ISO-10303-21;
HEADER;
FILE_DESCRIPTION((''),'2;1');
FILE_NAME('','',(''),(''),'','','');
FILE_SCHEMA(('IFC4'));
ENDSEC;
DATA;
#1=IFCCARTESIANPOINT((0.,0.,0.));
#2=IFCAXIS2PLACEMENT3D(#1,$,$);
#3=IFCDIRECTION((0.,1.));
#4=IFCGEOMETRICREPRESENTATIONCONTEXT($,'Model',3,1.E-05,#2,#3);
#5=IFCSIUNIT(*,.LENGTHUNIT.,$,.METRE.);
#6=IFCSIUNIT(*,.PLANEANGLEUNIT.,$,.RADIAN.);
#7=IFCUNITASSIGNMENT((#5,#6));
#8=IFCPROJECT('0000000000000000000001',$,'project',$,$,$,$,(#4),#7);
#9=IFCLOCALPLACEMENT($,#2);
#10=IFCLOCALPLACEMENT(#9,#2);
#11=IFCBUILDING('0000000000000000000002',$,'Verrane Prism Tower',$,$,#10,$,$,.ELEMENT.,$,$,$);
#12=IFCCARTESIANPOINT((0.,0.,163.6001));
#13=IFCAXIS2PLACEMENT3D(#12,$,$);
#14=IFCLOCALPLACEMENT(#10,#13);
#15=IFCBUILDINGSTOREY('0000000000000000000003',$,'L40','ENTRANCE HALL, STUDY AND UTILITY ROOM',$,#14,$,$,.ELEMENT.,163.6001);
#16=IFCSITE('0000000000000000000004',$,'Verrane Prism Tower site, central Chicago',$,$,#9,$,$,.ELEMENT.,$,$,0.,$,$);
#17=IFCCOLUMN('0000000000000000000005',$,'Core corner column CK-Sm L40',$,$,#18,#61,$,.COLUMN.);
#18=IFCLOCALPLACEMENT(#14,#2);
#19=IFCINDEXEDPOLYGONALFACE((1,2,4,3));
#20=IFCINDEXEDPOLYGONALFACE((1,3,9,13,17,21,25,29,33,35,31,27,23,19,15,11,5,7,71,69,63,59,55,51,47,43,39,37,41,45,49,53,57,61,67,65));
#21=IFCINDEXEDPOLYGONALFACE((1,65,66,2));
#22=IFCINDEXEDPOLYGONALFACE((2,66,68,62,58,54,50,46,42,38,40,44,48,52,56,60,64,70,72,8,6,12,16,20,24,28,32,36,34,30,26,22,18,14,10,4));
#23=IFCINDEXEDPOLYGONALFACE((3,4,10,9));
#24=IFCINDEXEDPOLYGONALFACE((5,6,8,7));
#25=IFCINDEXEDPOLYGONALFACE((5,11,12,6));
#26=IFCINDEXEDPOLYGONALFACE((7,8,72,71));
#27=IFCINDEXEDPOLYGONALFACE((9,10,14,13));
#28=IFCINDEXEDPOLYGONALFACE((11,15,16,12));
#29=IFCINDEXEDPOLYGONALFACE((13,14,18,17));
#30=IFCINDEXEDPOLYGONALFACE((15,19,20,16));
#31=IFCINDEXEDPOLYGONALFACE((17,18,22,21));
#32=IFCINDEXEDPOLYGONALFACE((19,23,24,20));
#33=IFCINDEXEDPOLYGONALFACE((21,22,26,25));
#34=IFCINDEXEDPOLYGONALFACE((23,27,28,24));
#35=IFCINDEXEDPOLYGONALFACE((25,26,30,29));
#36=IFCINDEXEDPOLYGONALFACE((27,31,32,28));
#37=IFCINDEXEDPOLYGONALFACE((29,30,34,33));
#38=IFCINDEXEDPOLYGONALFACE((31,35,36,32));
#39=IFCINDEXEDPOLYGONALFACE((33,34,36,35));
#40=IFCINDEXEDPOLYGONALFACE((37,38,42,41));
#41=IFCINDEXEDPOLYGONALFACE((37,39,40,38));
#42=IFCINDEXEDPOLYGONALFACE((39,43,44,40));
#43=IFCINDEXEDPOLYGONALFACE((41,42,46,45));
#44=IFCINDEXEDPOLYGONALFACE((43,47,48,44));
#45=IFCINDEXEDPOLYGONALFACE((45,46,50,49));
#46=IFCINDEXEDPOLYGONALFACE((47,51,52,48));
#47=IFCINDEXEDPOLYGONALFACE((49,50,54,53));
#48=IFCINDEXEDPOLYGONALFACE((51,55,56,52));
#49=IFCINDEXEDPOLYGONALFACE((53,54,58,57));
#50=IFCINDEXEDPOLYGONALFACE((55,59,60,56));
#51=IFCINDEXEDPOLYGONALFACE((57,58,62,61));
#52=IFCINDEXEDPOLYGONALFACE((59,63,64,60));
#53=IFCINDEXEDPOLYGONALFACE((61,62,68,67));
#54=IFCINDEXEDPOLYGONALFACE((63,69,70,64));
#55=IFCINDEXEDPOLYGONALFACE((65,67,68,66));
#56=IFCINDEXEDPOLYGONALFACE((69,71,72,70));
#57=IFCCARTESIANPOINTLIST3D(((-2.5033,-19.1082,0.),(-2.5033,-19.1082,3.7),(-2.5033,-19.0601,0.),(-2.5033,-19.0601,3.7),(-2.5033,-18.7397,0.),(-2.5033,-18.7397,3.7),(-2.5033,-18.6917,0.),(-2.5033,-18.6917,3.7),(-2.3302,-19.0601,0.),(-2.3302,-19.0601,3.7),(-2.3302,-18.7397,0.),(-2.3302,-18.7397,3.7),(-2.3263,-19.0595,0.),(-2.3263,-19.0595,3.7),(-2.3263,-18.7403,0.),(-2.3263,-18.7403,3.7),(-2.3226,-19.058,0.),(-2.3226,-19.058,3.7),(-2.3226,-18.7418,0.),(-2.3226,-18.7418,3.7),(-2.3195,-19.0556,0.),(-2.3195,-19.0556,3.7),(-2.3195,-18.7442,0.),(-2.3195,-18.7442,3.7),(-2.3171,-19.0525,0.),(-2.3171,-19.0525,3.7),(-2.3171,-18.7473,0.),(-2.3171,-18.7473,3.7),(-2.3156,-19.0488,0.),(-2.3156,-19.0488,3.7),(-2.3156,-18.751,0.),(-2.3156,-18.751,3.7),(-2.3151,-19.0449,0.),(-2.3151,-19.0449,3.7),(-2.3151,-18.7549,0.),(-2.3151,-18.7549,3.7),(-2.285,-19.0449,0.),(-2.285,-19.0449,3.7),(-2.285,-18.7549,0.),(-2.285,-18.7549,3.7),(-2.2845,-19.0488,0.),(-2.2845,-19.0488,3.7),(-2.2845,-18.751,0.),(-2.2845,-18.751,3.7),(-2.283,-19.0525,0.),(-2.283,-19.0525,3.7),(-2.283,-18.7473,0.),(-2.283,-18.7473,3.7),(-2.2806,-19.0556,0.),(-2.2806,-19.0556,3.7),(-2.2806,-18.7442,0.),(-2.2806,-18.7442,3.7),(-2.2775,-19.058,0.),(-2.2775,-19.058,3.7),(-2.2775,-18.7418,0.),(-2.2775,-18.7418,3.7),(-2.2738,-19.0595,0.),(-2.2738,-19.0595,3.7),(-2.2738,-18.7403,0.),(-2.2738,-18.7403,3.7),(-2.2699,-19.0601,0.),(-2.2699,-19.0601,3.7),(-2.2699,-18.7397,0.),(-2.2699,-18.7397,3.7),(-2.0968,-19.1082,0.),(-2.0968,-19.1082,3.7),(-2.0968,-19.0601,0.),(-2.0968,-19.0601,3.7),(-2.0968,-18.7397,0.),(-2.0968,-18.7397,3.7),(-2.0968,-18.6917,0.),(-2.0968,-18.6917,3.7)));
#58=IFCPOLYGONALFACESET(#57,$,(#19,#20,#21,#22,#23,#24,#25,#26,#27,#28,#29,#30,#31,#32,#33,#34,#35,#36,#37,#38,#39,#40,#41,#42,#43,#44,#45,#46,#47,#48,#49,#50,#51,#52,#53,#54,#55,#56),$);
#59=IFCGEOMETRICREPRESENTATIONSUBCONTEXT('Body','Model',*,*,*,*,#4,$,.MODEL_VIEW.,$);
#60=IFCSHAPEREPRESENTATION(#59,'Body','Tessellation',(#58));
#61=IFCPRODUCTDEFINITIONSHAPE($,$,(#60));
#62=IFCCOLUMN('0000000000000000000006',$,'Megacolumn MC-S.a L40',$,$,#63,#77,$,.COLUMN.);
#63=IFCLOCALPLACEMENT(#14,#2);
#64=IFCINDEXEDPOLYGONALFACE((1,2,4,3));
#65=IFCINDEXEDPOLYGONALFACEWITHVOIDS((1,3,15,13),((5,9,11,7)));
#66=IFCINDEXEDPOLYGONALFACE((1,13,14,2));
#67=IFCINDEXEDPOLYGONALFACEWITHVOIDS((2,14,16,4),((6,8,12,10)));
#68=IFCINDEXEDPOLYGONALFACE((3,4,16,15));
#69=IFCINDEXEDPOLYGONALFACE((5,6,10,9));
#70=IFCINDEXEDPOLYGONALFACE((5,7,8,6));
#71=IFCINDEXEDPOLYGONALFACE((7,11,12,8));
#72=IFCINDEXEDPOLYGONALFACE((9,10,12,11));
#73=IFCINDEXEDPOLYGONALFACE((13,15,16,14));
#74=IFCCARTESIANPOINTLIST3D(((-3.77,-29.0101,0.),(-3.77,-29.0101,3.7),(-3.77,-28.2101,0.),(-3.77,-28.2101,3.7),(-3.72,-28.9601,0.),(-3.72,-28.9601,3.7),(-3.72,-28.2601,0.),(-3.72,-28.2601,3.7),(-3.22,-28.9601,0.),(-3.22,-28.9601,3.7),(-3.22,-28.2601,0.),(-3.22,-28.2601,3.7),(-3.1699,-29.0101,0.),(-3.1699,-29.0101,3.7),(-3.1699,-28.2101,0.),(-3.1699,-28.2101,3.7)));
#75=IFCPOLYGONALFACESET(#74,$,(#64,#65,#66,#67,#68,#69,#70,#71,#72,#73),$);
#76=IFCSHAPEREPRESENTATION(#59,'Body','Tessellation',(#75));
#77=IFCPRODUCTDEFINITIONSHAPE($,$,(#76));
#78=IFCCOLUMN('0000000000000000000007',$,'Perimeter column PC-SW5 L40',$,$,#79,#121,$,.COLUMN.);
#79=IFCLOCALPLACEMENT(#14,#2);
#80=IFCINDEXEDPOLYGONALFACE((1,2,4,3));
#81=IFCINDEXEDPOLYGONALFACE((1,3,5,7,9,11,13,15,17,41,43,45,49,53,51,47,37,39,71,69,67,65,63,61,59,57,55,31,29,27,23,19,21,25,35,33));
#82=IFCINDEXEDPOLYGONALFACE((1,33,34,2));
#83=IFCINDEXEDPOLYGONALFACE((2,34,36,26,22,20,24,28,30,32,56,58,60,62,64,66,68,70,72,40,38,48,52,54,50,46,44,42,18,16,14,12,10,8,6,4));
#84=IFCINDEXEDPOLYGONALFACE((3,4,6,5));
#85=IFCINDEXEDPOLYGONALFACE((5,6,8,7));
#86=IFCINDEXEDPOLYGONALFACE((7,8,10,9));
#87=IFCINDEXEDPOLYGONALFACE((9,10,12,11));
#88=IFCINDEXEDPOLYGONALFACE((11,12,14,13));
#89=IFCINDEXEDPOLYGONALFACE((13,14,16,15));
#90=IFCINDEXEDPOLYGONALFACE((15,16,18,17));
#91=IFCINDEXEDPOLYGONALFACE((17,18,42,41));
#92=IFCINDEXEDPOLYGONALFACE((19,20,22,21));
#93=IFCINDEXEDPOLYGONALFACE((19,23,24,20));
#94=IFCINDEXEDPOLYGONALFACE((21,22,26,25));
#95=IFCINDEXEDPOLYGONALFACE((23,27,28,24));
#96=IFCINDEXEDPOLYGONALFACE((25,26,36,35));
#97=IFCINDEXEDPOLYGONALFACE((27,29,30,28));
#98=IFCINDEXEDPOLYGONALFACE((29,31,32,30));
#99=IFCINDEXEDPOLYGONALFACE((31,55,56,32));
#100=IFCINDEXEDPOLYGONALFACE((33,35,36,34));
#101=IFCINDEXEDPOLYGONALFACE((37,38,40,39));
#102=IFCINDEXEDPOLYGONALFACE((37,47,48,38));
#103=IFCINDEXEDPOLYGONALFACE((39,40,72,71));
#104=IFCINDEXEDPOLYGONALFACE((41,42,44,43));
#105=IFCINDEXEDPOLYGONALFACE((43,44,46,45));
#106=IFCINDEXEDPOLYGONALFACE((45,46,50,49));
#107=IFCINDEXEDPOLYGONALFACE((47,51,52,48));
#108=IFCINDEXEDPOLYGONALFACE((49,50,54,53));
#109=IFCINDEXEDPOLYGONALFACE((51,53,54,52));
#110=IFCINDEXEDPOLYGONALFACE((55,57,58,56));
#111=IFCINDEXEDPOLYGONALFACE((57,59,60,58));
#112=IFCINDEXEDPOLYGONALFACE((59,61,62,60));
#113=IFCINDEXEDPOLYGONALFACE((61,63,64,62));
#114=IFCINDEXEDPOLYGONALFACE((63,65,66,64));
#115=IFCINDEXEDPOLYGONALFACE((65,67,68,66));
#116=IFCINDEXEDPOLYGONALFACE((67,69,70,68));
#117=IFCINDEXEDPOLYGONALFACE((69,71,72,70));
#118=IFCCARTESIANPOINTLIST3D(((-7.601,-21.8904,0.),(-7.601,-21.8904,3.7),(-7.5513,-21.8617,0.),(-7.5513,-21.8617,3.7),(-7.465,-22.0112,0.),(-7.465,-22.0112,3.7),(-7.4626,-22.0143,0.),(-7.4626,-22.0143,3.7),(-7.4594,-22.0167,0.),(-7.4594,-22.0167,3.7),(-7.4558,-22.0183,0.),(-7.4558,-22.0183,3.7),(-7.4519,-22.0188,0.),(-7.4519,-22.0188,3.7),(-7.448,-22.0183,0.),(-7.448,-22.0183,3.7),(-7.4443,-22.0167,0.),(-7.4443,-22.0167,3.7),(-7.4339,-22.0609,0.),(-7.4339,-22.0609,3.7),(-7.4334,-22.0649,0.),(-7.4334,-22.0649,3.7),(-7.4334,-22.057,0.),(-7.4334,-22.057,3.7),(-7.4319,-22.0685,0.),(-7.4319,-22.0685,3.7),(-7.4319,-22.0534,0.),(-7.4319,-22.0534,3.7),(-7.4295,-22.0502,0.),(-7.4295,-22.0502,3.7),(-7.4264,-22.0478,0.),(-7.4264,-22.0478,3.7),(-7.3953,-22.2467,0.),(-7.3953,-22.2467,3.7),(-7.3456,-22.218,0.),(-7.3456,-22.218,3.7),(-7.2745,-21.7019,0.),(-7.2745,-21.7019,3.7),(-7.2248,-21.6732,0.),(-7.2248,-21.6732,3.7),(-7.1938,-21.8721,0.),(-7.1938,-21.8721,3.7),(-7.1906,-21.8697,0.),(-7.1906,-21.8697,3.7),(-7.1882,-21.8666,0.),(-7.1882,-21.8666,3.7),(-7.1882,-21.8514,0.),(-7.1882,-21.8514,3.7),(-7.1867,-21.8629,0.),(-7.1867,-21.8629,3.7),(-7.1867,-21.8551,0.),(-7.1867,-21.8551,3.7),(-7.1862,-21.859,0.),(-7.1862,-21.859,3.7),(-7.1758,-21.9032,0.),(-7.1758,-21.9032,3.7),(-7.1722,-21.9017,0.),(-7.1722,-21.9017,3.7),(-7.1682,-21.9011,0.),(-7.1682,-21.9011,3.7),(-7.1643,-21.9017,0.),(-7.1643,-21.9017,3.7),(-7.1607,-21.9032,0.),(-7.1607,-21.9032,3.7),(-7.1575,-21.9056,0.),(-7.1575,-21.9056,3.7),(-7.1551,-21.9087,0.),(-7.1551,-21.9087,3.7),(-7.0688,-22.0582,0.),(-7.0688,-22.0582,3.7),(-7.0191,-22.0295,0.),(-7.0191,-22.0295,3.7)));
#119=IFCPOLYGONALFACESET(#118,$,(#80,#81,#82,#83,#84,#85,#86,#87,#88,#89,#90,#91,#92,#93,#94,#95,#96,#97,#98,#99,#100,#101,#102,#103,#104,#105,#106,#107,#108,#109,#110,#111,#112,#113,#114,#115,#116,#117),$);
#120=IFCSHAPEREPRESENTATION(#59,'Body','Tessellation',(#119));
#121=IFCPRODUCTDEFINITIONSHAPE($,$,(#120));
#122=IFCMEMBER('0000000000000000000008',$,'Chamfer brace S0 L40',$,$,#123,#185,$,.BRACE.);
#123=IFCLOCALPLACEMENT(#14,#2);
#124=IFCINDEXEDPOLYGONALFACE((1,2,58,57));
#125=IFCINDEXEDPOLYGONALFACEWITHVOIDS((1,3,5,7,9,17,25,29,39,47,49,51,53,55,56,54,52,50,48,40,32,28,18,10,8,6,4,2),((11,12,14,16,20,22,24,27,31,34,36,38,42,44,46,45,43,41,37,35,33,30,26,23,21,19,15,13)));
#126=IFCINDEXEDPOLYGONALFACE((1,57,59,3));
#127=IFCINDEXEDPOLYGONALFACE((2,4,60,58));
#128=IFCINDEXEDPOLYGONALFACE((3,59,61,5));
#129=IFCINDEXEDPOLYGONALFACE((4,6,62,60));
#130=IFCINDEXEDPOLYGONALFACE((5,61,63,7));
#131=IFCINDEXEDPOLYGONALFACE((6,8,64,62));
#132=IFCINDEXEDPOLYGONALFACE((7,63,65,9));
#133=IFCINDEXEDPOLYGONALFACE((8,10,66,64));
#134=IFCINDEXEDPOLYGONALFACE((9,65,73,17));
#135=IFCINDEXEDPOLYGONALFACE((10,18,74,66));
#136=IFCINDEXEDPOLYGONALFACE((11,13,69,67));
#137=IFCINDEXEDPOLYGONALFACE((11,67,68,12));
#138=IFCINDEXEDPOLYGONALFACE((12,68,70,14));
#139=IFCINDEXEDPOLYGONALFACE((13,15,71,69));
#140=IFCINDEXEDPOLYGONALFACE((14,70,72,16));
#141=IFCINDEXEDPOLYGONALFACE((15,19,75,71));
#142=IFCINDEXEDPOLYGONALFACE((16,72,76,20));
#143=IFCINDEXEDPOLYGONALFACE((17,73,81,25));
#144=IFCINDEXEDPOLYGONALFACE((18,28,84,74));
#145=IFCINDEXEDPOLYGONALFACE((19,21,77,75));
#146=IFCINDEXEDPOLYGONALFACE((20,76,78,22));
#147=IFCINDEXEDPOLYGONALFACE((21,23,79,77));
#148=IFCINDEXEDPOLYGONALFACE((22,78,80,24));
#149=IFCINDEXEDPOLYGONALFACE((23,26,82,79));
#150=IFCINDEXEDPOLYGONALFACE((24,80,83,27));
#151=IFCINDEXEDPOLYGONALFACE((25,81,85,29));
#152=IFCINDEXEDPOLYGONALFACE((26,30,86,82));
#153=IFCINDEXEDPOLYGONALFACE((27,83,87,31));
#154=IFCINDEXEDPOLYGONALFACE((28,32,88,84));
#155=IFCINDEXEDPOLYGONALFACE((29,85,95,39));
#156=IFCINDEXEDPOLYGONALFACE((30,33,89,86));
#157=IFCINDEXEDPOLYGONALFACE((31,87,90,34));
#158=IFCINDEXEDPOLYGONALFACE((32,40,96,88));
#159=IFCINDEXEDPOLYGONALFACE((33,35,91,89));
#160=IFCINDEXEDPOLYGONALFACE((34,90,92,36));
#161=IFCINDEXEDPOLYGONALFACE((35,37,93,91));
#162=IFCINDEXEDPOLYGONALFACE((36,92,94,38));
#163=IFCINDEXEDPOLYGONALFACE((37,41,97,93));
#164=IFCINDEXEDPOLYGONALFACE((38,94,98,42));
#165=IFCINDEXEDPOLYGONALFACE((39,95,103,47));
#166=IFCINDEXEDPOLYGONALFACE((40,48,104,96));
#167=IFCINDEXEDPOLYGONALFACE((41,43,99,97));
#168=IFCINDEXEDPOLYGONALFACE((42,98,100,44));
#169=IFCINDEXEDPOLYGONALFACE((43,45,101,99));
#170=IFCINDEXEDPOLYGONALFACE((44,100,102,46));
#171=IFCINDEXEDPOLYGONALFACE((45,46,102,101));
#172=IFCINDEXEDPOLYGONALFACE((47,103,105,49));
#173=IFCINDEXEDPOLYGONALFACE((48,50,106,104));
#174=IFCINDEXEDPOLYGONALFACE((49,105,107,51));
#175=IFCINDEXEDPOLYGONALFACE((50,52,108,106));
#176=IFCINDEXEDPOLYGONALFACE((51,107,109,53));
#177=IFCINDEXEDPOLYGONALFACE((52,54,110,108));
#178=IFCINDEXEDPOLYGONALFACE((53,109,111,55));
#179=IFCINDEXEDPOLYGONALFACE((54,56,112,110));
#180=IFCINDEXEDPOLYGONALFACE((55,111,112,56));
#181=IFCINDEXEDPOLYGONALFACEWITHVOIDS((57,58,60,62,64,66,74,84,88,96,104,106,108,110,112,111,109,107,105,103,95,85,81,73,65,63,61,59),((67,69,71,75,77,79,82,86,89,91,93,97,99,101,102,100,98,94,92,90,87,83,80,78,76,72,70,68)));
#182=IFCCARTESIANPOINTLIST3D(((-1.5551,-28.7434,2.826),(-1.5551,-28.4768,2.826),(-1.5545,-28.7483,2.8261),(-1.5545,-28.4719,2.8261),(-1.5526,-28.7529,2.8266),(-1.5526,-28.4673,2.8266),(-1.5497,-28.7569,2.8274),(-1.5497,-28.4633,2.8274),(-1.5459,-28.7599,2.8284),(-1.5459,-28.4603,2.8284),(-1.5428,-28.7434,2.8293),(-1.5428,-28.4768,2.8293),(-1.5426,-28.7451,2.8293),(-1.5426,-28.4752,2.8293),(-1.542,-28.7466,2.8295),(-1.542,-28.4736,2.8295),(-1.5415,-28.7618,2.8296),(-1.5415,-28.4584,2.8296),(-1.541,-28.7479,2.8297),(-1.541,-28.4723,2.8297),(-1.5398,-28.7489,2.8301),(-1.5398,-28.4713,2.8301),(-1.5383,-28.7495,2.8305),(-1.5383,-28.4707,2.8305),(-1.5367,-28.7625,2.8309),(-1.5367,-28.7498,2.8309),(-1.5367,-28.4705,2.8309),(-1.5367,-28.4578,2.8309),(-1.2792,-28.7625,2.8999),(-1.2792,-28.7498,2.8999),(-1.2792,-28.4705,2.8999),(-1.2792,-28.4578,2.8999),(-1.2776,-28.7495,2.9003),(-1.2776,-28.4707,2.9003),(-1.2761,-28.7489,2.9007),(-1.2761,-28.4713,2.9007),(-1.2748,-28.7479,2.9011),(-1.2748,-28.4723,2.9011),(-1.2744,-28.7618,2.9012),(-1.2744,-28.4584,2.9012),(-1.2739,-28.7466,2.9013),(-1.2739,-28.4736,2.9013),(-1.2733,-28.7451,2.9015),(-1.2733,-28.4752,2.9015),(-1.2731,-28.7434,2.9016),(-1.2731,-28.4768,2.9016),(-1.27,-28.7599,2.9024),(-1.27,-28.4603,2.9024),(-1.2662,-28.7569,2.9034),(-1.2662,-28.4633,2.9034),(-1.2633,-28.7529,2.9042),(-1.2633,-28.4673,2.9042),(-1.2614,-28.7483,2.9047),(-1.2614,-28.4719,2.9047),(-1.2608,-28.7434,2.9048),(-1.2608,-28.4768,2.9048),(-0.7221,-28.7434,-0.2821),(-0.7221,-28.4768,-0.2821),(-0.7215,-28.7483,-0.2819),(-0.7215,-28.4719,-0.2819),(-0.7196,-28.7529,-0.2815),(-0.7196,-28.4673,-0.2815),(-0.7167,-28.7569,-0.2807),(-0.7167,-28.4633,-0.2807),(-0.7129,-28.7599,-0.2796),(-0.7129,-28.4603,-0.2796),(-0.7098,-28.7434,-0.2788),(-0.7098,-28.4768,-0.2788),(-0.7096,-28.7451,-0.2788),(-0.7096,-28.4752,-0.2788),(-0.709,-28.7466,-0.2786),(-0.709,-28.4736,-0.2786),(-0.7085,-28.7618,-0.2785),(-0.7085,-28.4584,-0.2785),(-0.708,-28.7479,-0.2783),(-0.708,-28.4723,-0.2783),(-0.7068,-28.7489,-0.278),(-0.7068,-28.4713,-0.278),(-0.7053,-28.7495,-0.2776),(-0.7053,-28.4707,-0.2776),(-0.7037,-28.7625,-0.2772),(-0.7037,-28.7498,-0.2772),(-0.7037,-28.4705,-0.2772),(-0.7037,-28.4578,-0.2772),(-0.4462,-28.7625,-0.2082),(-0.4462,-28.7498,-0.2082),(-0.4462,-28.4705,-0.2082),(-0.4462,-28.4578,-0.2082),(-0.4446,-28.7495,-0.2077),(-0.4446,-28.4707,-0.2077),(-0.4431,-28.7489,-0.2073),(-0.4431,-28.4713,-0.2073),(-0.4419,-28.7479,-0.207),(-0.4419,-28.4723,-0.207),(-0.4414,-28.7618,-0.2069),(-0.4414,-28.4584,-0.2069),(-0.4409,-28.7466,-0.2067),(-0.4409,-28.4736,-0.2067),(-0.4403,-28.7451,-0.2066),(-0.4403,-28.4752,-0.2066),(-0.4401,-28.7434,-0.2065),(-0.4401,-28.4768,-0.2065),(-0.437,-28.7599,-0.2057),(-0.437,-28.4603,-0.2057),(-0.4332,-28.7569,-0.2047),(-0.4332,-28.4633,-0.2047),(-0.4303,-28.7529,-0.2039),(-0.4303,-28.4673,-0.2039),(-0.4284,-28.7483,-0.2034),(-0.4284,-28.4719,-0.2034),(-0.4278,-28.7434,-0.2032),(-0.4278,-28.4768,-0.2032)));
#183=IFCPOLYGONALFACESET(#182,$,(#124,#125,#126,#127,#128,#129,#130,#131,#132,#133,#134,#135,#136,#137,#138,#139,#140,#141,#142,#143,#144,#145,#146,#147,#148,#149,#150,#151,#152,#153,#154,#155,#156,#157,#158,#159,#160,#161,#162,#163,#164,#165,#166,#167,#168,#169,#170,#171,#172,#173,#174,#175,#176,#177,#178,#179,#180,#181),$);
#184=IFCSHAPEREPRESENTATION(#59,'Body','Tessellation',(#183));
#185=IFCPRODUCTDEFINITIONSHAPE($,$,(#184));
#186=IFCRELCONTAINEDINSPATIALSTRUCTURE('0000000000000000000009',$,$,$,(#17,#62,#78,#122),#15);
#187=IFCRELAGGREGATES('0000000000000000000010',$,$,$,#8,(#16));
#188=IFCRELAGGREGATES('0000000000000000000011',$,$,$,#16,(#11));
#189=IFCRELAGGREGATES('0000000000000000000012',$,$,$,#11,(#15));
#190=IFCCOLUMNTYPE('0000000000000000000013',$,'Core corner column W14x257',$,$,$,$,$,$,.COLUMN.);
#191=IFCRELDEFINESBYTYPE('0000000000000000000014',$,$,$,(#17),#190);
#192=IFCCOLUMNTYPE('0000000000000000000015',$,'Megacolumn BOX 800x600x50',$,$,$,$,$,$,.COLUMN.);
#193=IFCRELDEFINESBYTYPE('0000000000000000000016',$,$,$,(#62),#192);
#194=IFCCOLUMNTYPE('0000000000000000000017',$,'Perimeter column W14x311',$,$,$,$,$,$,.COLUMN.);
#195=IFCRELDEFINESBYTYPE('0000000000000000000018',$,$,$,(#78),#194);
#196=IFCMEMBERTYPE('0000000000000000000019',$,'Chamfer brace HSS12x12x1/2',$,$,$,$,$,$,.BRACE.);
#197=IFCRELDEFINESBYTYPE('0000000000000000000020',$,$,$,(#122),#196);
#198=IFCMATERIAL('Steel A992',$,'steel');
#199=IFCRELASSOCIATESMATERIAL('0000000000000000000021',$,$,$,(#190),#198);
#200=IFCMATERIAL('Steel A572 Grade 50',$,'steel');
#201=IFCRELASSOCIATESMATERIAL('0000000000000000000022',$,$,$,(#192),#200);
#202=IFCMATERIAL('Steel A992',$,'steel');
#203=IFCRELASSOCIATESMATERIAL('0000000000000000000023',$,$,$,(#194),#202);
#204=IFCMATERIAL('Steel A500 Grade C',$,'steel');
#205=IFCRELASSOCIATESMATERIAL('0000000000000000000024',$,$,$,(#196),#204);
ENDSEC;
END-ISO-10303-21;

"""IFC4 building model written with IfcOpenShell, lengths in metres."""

from ifc_helpers import new_model, si_unit, direction, frame, origin, origin_2d, place, context, subcontext, project, spatial, hollow_rectangle, i_section, extrude, material, material_profile, profile_set, type_object, element, save


model = new_model("IFC4")

# Units and contexts
model_context = context("Model", 3, precision=1e-05, world=origin(), true_north=direction((0.0, 1.0)))
body_context = subcontext(model_context, "Body", "Model", "MODEL_VIEW")
ifc_project = project(units=[si_unit("LENGTHUNIT", "METRE"), si_unit("PLANEANGLEUNIT", "RADIAN")], contexts=[model_context])

# Site, building, storey
site_placement = place(None, origin())
site = spatial("IfcSite", under=ifc_project, at=site_placement, Name="Verrane Prism Tower site, central Chicago", CompositionType="ELEMENT", RefElevation=0.0)
building_placement = place(site_placement, origin())
building = spatial("IfcBuilding", under=site, at=building_placement, Name="Verrane Prism Tower", CompositionType="ELEMENT")
storey_placement = place(building_placement, frame((0.0, 0.0, 163.6001)))
storey = spatial("IfcBuildingStorey", under=building, at=storey_placement, Name="L40", Description="ENTRANCE HALL, STUDY AND UTILITY ROOM", CompositionType="ELEMENT", Elevation=163.6001)

# Columns
ifc_material_1 = material(Name="Steel A992", Category="steel")
ifc_material_profile_1 = material_profile(ifc_material_1, i_section(OverallWidth=0.4065, OverallDepth=0.4165, WebThickness=0.03, FlangeThickness=0.0481, FilletRadius=0.0151, at=origin_2d()), Name="W14x257")
ifc_profile_set_1 = profile_set([ifc_material_profile_1], Name="Steel A992")
column_type_1 = type_object("IfcColumnType", Name="Core corner column W14x257", PredefinedType="COLUMN", material=ifc_profile_set_1)
column_1_placement = place(storey_placement, frame((-2.3, -18.8999, 0.0), z_axis=(0.0, 0.0, 1.0), x_axis=(-1.0, 0.0, 0.0)))
element("IfcColumn", 1, at=column_1_placement, inside=storey, type_object=column_type_1, Name="Core corner column CK-Sm L40", PredefinedType="COLUMN", context=body_context, shape_type="SweptSolid", body=[
    extrude(i_section(OverallWidth=0.4065, OverallDepth=0.4165, WebThickness=0.03, FlangeThickness=0.0481, FilletRadius=0.0151, at=origin_2d()), origin(), (0.0, 0.0, 1.0), 3.7),
])
ifc_material_2 = material(Name="Steel A572 Grade 50", Category="steel")
ifc_material_profile_2 = material_profile(ifc_material_2, hollow_rectangle(XDim=0.6001, YDim=0.8, WallThickness=0.05, at=origin_2d()), Name="BOX 800x600x50")
ifc_profile_set_2 = profile_set([ifc_material_profile_2], Name="Steel A572 Grade 50")
column_type_2 = type_object("IfcColumnType", Name="Megacolumn BOX 800x600x50", PredefinedType="COLUMN", material=ifc_profile_set_2)
column_2_placement = place(storey_placement, frame((-3.47, -28.6101, 0.0), z_axis=(0.0, 0.0, 1.0), x_axis=(-1.0, 0.0, 0.0)))
element("IfcColumn", 2, at=column_2_placement, inside=storey, type_object=column_type_2, Name="Megacolumn MC-S.a L40", PredefinedType="COLUMN", context=body_context, shape_type="SweptSolid", body=[
    extrude(hollow_rectangle(XDim=0.6001, YDim=0.8, WallThickness=0.05, at=origin_2d()), origin(), (0.0, 0.0, 1.0), 3.7),
])
ifc_material_3 = material(Name="Steel A992", Category="steel")
ifc_material_profile_3 = material_profile(ifc_material_3, i_section(OverallWidth=0.4114, OverallDepth=0.4343, WebThickness=0.0359, FlangeThickness=0.0574, FilletRadius=0.0151, at=origin_2d()), Name="W14x311")
ifc_profile_set_3 = profile_set([ifc_material_profile_3], Name="Steel A992")
column_type_3 = type_object("IfcColumnType", Name="Perimeter column W14x311", PredefinedType="COLUMN", material=ifc_profile_set_3)
column_3_placement = place(storey_placement, frame((-7.3101, -21.96, 0.0), z_axis=(0.0, 0.0, 1.0), x_axis=(-0.5, 0.866025, 0.0)))
element("IfcColumn", 3, at=column_3_placement, inside=storey, type_object=column_type_3, Name="Perimeter column PC-SW5 L40", PredefinedType="COLUMN", context=body_context, shape_type="SweptSolid", body=[
    extrude(i_section(OverallWidth=0.4114, OverallDepth=0.4343, WebThickness=0.0359, FlangeThickness=0.0574, FilletRadius=0.0151, at=origin_2d()), origin(), (0.0, 0.0, 1.0), 3.7),
])

# Member
ifc_material_4 = material(Name="Steel A500 Grade C", Category="steel")
ifc_material_profile_4 = material_profile(ifc_material_4, hollow_rectangle(XDim=0.3047, YDim=0.3047, WallThickness=0.0127, InnerFilletRadius=0.0063, OuterFilletRadius=0.019, at=origin_2d()), Name="HSS12x12x1/2")
ifc_profile_set_4 = profile_set([ifc_material_profile_4], Name="Steel A500 Grade C")
member_type_1 = type_object("IfcMemberType", Name="Chamfer brace HSS12x12x1/2", PredefinedType="BRACE", material=ifc_profile_set_4)
member_1_placement = place(storey_placement, frame((-0.575, -28.6101, -0.2427), z_axis=(-0.258871, 0.0, 0.965912), x_axis=(0.0, -1.0, 0.0)))
element("IfcMember", 4, at=member_1_placement, inside=storey, type_object=member_type_1, Name="Chamfer brace S0 L40", PredefinedType="BRACE", context=body_context, shape_type="SweptSolid", body=[
    extrude(hollow_rectangle(XDim=0.3047, YDim=0.3047, WallThickness=0.0127, InnerFilletRadius=0.0063, OuterFilletRadius=0.019, at=origin_2d()), origin(), (0.0, 0.0, 1.0), 3.2178),
])

save(model, "model.ifc")
